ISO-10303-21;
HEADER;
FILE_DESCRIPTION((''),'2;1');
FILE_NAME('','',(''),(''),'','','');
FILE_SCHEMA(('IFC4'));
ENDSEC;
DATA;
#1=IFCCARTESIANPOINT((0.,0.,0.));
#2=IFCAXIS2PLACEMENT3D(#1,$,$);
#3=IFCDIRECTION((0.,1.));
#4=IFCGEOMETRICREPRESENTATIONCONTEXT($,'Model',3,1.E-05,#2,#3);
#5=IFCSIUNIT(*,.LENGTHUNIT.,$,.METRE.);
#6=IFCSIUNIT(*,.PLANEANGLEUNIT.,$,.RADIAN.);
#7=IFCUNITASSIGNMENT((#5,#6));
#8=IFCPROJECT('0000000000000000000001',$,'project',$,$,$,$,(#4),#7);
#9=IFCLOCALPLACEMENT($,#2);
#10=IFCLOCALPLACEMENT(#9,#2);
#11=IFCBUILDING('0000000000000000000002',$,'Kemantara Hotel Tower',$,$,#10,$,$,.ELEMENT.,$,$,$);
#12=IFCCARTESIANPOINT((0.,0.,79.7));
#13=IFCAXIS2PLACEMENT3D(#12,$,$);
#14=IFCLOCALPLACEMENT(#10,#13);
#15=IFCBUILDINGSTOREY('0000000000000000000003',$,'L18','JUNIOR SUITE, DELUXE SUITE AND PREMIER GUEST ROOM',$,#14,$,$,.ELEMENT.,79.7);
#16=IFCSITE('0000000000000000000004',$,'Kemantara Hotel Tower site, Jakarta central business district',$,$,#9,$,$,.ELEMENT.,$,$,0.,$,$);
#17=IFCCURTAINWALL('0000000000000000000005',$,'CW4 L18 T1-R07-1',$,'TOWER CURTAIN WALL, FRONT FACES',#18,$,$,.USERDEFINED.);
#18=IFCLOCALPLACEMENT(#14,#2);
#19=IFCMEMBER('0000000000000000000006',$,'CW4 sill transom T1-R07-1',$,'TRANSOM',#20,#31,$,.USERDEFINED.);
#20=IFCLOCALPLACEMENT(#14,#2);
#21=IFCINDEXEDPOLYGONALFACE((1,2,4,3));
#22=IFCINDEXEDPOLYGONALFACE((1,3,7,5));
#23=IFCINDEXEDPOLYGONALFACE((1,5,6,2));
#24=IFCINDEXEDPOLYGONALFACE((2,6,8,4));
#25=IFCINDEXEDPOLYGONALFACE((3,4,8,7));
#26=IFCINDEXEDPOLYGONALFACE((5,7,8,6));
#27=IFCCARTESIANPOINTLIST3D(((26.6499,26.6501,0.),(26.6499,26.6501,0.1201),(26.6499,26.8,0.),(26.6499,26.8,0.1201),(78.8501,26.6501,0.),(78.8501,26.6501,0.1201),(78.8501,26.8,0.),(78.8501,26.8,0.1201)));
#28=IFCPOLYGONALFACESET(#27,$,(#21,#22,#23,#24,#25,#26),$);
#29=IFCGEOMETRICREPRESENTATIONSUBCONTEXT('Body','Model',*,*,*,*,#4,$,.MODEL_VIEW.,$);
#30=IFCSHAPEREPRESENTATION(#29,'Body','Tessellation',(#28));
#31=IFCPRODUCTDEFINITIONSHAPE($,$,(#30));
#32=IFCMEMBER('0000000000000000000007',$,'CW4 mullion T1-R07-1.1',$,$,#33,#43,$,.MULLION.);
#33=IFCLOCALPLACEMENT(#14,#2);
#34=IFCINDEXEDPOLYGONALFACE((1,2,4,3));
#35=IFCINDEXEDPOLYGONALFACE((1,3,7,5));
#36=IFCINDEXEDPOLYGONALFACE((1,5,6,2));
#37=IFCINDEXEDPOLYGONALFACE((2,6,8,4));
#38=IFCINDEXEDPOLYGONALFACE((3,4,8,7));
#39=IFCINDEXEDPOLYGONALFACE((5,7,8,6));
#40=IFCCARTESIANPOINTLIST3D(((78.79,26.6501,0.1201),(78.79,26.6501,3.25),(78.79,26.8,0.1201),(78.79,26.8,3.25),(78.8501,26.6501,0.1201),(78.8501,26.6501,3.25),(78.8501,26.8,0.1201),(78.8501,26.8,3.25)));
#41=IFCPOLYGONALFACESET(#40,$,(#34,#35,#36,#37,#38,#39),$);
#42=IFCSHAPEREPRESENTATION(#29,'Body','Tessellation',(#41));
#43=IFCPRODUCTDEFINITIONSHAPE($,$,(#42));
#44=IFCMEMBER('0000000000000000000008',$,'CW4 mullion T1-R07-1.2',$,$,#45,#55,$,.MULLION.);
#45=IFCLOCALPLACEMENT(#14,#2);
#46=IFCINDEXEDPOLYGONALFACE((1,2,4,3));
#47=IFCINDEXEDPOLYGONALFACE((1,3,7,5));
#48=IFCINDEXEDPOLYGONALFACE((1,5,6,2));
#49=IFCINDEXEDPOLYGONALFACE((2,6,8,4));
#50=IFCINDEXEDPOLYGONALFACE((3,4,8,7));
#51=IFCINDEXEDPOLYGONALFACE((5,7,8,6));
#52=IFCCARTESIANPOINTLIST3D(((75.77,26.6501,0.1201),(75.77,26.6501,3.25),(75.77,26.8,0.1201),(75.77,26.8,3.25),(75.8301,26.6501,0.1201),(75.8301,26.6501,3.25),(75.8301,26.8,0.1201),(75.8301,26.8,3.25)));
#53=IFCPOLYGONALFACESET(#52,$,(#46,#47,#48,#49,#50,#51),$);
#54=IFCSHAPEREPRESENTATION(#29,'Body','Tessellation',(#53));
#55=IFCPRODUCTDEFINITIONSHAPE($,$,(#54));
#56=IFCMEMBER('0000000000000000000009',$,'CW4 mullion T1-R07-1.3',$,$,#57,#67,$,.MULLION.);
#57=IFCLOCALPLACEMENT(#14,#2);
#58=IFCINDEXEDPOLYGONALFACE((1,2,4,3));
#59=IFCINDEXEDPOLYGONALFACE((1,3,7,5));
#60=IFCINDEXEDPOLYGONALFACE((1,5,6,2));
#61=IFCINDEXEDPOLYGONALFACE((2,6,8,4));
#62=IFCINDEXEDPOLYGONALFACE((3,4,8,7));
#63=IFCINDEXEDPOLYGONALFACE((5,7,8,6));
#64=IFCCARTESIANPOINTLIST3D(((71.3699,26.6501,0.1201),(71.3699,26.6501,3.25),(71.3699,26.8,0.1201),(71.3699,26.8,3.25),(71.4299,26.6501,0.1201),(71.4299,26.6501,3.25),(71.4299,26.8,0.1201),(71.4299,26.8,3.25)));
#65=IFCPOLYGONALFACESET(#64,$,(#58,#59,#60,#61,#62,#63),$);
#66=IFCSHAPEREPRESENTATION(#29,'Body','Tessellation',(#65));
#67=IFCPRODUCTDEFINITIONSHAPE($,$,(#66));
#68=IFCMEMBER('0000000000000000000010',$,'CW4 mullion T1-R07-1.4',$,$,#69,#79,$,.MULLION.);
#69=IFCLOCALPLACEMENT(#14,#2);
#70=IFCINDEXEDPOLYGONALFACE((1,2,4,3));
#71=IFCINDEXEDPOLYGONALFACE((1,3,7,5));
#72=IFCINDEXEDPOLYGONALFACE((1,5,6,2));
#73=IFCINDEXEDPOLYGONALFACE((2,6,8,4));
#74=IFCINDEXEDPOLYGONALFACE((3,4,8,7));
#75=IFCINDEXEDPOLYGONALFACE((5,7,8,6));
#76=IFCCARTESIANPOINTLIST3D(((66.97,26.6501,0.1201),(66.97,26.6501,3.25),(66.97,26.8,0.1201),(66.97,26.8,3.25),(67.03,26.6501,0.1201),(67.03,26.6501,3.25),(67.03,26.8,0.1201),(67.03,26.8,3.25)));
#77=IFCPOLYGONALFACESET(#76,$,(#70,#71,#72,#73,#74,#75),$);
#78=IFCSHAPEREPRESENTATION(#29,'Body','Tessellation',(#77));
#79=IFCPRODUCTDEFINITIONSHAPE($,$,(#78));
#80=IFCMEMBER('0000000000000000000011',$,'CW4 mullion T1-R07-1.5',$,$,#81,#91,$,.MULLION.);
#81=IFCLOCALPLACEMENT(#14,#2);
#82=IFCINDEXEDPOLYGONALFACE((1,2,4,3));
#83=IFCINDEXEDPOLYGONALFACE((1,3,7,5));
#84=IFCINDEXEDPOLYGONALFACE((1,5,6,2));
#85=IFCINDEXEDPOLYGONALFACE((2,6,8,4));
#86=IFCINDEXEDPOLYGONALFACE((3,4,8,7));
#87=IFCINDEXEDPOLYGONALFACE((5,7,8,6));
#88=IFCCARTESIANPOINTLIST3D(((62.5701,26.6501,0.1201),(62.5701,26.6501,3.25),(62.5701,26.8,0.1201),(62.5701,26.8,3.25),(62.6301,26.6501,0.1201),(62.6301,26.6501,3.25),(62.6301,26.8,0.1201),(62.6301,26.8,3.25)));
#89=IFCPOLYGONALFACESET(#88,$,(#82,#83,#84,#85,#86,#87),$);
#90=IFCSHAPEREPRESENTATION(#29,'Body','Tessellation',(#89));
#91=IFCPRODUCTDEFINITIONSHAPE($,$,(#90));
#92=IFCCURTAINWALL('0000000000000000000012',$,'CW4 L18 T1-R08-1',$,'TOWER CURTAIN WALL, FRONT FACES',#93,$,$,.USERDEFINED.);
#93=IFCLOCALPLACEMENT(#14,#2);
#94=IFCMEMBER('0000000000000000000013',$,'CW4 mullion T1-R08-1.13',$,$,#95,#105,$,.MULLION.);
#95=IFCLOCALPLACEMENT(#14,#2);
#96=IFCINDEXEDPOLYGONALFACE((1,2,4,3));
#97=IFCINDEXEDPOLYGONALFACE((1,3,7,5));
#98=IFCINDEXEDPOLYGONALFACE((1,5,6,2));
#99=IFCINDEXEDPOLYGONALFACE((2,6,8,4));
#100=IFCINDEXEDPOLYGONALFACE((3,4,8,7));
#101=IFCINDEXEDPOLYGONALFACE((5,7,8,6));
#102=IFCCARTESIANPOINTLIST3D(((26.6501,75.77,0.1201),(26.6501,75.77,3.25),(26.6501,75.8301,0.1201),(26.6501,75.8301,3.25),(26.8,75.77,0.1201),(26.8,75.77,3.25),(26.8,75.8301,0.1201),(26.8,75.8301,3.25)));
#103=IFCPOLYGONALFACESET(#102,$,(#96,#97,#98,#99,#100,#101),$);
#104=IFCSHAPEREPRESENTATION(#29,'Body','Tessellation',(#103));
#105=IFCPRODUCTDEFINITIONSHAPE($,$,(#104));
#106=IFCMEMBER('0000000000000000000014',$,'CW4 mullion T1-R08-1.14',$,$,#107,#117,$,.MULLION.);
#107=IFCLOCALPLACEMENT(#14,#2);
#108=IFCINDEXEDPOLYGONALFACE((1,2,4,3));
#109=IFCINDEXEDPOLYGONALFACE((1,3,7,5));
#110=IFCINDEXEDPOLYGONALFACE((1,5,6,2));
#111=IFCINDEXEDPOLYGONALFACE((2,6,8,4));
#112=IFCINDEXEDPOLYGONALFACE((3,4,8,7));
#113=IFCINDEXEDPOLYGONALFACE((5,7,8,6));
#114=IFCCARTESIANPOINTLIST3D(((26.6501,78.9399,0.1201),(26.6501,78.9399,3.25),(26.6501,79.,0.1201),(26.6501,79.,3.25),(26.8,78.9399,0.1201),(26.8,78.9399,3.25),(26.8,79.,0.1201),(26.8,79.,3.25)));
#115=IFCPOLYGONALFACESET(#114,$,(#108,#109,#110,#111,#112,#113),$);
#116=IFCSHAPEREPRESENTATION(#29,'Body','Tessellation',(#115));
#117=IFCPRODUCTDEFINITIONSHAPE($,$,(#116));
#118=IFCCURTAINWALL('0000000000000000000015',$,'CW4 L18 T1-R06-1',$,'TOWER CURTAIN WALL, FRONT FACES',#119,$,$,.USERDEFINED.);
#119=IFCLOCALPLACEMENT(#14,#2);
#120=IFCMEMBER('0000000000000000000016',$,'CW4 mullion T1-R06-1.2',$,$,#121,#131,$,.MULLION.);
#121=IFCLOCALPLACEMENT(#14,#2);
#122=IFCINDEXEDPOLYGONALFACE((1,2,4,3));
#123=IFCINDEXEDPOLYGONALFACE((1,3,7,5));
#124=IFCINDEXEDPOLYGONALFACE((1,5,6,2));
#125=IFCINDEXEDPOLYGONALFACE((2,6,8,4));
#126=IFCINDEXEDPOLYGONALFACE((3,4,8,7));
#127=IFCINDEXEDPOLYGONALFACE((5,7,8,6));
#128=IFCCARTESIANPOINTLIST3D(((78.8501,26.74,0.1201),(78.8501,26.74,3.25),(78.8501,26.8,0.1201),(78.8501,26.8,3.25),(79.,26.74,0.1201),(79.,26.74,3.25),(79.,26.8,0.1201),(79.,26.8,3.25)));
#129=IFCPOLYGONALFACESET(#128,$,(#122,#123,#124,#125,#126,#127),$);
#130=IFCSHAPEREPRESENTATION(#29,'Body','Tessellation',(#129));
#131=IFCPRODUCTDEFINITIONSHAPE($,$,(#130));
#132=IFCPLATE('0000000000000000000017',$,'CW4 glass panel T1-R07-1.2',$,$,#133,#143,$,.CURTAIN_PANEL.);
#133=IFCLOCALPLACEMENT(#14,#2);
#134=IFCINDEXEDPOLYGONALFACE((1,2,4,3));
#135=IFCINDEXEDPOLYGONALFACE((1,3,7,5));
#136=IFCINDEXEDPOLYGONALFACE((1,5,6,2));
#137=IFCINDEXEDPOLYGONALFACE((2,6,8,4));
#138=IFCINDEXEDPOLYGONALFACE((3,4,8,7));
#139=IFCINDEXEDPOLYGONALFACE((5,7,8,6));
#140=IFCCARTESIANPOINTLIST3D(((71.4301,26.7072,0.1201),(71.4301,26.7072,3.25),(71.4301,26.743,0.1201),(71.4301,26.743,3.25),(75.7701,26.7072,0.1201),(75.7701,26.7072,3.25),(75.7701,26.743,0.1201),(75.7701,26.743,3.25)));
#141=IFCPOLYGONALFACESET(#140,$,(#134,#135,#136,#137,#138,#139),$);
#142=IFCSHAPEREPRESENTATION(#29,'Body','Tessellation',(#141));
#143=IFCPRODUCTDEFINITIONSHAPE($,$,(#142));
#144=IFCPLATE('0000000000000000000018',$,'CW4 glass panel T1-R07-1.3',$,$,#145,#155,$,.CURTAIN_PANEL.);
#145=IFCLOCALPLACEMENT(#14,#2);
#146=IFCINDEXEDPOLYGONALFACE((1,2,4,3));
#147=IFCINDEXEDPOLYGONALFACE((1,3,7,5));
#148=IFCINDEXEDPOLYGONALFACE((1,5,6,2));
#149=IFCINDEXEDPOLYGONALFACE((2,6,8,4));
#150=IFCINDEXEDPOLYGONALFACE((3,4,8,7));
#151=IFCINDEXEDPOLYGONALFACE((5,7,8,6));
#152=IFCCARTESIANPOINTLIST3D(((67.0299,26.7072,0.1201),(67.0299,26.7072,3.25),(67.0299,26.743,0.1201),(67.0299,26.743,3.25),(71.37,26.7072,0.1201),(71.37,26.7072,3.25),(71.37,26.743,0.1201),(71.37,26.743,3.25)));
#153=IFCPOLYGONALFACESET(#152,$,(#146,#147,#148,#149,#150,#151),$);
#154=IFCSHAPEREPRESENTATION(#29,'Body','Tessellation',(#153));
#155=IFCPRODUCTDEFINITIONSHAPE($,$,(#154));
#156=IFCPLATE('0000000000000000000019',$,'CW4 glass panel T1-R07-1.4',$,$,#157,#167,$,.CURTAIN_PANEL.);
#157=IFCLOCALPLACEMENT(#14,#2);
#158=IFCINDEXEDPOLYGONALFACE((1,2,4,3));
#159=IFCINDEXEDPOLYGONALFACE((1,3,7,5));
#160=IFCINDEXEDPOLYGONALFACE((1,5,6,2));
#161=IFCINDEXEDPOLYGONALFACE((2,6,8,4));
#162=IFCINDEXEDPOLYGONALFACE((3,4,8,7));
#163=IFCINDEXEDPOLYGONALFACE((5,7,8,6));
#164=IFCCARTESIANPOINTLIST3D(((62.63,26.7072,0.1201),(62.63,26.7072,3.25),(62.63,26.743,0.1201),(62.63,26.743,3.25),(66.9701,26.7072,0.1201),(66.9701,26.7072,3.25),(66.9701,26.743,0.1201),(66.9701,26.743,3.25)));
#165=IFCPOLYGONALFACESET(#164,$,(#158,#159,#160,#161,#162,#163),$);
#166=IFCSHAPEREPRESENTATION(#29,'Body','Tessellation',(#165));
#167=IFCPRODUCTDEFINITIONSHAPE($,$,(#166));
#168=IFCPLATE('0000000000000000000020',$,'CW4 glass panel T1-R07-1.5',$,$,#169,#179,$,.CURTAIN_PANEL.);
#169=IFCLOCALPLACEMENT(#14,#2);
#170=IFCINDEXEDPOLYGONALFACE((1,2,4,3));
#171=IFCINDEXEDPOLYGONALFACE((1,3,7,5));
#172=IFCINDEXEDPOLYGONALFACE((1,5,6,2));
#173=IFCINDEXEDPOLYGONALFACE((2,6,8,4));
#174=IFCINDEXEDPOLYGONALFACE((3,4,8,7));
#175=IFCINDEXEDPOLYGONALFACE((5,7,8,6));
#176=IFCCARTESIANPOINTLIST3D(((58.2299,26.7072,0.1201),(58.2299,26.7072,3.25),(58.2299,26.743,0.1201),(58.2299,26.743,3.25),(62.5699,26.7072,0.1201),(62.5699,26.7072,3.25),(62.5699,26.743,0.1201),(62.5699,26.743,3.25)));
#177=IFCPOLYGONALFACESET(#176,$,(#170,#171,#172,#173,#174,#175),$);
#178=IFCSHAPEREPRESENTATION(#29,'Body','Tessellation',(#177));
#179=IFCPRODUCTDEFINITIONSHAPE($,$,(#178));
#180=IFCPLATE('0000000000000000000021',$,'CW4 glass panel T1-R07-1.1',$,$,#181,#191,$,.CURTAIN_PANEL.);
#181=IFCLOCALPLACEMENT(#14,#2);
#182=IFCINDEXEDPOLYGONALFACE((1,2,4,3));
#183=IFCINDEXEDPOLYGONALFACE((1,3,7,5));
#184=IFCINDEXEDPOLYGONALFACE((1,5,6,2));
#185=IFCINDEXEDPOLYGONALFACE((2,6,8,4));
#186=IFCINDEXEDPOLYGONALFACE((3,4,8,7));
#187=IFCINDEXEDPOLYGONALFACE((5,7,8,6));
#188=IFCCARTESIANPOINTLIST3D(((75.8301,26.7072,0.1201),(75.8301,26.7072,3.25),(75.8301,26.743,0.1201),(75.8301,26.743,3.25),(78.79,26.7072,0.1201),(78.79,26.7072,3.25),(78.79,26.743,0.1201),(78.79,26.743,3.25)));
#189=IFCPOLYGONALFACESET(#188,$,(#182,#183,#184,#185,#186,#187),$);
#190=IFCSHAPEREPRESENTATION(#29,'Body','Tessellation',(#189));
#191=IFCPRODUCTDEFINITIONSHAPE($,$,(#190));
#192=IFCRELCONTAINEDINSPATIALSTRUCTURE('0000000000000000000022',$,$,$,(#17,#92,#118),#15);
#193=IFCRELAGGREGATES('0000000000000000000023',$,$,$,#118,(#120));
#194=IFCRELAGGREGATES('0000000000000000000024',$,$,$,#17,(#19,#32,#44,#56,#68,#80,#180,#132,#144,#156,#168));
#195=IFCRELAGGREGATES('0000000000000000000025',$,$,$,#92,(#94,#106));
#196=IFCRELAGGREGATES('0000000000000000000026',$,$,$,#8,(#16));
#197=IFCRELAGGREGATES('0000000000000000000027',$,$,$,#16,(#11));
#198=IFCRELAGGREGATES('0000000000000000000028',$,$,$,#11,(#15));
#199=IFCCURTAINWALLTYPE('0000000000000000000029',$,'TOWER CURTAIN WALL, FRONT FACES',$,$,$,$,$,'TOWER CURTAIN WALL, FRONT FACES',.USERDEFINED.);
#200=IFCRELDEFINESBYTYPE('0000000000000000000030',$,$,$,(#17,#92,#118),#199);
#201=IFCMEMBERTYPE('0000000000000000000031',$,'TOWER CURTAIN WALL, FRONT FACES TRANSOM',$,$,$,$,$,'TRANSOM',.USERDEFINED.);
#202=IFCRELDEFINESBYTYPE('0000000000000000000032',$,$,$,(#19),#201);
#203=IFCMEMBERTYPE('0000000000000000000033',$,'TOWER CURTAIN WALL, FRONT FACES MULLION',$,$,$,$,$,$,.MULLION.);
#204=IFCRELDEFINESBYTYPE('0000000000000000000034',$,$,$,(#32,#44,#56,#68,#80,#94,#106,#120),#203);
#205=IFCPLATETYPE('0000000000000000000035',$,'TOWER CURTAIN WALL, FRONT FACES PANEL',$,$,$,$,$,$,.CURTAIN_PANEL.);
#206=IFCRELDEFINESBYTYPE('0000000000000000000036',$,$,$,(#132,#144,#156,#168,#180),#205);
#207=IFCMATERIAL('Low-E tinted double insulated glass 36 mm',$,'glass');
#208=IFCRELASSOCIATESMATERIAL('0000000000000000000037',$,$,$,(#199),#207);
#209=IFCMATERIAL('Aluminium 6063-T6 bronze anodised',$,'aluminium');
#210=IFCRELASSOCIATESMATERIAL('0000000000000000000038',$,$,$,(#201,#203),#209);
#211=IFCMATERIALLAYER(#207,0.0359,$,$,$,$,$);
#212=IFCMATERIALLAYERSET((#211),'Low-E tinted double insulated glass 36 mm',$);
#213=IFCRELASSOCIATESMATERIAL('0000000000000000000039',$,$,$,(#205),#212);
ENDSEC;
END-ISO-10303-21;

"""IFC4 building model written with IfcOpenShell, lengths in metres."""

from ifc_helpers import new_model, si_unit, direction, frame, origin, origin_2d, place, context, subcontext, project, spatial, rectangle, extrude, source, transform, mapped, material, layer, layer_set, material_profile, profile_set, type_object, element, aggregate, save


model = new_model("IFC4")

# Units and contexts
model_context = context("Model", 3, precision=1e-05, world=origin(), true_north=direction((0.0, 1.0)))
body_context = subcontext(model_context, "Body", "Model", "MODEL_VIEW")
ifc_project = project(units=[si_unit("LENGTHUNIT", "METRE"), si_unit("PLANEANGLEUNIT", "RADIAN")], contexts=[model_context])

# Site, building, storey
site_placement = place(None, origin())
site = spatial("IfcSite", under=ifc_project, at=site_placement, Name="Kemantara Hotel Tower site, Jakarta central business district", CompositionType="ELEMENT", RefElevation=0.0)
building_placement = place(site_placement, origin())
building = spatial("IfcBuilding", under=site, at=building_placement, Name="Kemantara Hotel Tower", CompositionType="ELEMENT")
storey_placement = place(building_placement, frame((0.0, 0.0, 79.7)))
storey = spatial("IfcBuildingStorey", under=building, at=storey_placement, Name="L18", Description="JUNIOR SUITE, DELUXE SUITE AND PREMIER GUEST ROOM", CompositionType="ELEMENT", Elevation=79.7)

# Curtain walls, members
ifc_material_1 = material(Name="Low-E tinted double insulated glass 36 mm", Category="glass")
curtain_wall_type = type_object("IfcCurtainWallType", Name="TOWER CURTAIN WALL, FRONT FACES", ElementType="TOWER CURTAIN WALL, FRONT FACES", PredefinedType="USERDEFINED", material=ifc_material_1)
curtain_wall_1_placement = place(storey_placement, origin())
curtain_wall_1 = element("IfcCurtainWall", 1, at=curtain_wall_1_placement, inside=storey, type_object=curtain_wall_type, Name="CW4 L18 T1-R07-1", ObjectType="TOWER CURTAIN WALL, FRONT FACES", PredefinedType="USERDEFINED")
ifc_material_2 = material(Name="Aluminium 6063-T6 bronze anodised", Category="aluminium")
ifc_material_profile_1 = material_profile(ifc_material_2, rectangle(XDim=0.1499, YDim=0.1201, at=origin_2d()), Name="TOWER CURTAIN WALL, FRONT FACES TRANSOM")
ifc_profile_set_1 = profile_set([ifc_material_profile_1], Name="Aluminium 6063-T6 bronze anodised")
member_type_1 = type_object("IfcMemberType", Name="TOWER CURTAIN WALL, FRONT FACES TRANSOM", ElementType="TRANSOM", PredefinedType="USERDEFINED", material=ifc_profile_set_1)
member_1_placement = place(storey_placement, frame((78.8501, 26.7251, 0.0601), z_axis=(-1.0, 0.0, 0.0), x_axis=(0.0, -1.0, 0.0)))
member_1 = element("IfcMember", 2, at=member_1_placement, type_object=member_type_1, Name="CW4 sill transom T1-R07-1", ObjectType="TRANSOM", PredefinedType="USERDEFINED", context=body_context, shape_type="SweptSolid", body=[
    extrude(rectangle(XDim=0.1499, YDim=0.1201, at=origin_2d()), origin(), (0.0, 0.0, 1.0), 52.2002),
])
ifc_material_profile_2 = material_profile(ifc_material_2, rectangle(XDim=0.1499, YDim=0.0601, at=origin_2d()), Name="TOWER CURTAIN WALL, FRONT FACES MULLION")
ifc_profile_set_2 = profile_set([ifc_material_profile_2], Name="Aluminium 6063-T6 bronze anodised")
member_type_2 = type_object("IfcMemberType", Name="TOWER CURTAIN WALL, FRONT FACES MULLION", PredefinedType="MULLION", material=ifc_profile_set_2)
shared_shape_1 = source(origin(), body_context, "Body", "SweptSolid", [
    extrude(rectangle(XDim=0.1499, YDim=0.0601, at=origin_2d()), origin(), (0.0, 0.0, 1.0), 3.1299),
])
member_2_placement = place(storey_placement, frame((78.8201, 26.7251, 0.1201), z_axis=(0.0, 0.0, 1.0), x_axis=(0.0, -1.0, 0.0)))
member_2 = element("IfcMember", 3, at=member_2_placement, type_object=member_type_2, Name="CW4 mullion T1-R07-1.1", PredefinedType="MULLION", context=body_context, shape_type="MappedRepresentation", body=[
    mapped(shared_shape_1, transform((0.0, 0.0, 0.0))),
])
member_3_placement = place(storey_placement, frame((75.8, 26.7251, 0.1201), z_axis=(0.0, 0.0, 1.0), x_axis=(0.0, -1.0, 0.0)))
member_3 = element("IfcMember", 4, at=member_3_placement, type_object=member_type_2, Name="CW4 mullion T1-R07-1.2", PredefinedType="MULLION", context=body_context, shape_type="MappedRepresentation", body=[
    mapped(shared_shape_1, transform((0.0, 0.0, 0.0))),
])
member_4_placement = place(storey_placement, frame((71.3999, 26.7251, 0.1201), z_axis=(0.0, 0.0, 1.0), x_axis=(0.0, -1.0, 0.0)))
member_4 = element("IfcMember", 5, at=member_4_placement, type_object=member_type_2, Name="CW4 mullion T1-R07-1.3", PredefinedType="MULLION", context=body_context, shape_type="MappedRepresentation", body=[
    mapped(shared_shape_1, transform((0.0, 0.0, 0.0))),
])
member_5_placement = place(storey_placement, frame((67.0, 26.7251, 0.1201), z_axis=(0.0, 0.0, 1.0), x_axis=(0.0, -1.0, 0.0)))
member_5 = element("IfcMember", 6, at=member_5_placement, type_object=member_type_2, Name="CW4 mullion T1-R07-1.4", PredefinedType="MULLION", context=body_context, shape_type="MappedRepresentation", body=[
    mapped(shared_shape_1, transform((0.0, 0.0, 0.0))),
])
member_6_placement = place(storey_placement, frame((62.6001, 26.7251, 0.1201), z_axis=(0.0, 0.0, 1.0), x_axis=(0.0, -1.0, 0.0)))
member_6 = element("IfcMember", 7, at=member_6_placement, type_object=member_type_2, Name="CW4 mullion T1-R07-1.5", PredefinedType="MULLION", context=body_context, shape_type="MappedRepresentation", body=[
    mapped(shared_shape_1, transform((0.0, 0.0, 0.0))),
])
curtain_wall_2_placement = place(storey_placement, origin())
curtain_wall_2 = element("IfcCurtainWall", 8, at=curtain_wall_2_placement, inside=storey, type_object=curtain_wall_type, Name="CW4 L18 T1-R08-1", ObjectType="TOWER CURTAIN WALL, FRONT FACES", PredefinedType="USERDEFINED")
member_7_placement = place(storey_placement, frame((26.7251, 75.8, 0.1201), z_axis=(0.0, 0.0, 1.0), x_axis=(-1.0, 0.0, 0.0)))
member_7 = element("IfcMember", 9, at=member_7_placement, type_object=member_type_2, Name="CW4 mullion T1-R08-1.13", PredefinedType="MULLION", context=body_context, shape_type="MappedRepresentation", body=[
    mapped(shared_shape_1, transform((0.0, 0.0, 0.0))),
])
member_8_placement = place(storey_placement, frame((26.7251, 78.97, 0.1201), z_axis=(0.0, 0.0, 1.0), x_axis=(-1.0, 0.0, 0.0)))
member_8 = element("IfcMember", 10, at=member_8_placement, type_object=member_type_2, Name="CW4 mullion T1-R08-1.14", PredefinedType="MULLION", context=body_context, shape_type="MappedRepresentation", body=[
    mapped(shared_shape_1, transform((0.0, 0.0, 0.0))),
])

# Curtain wall, member
curtain_wall_3_placement = place(storey_placement, origin())
curtain_wall_3 = element("IfcCurtainWall", 11, at=curtain_wall_3_placement, inside=storey, type_object=curtain_wall_type, Name="CW4 L18 T1-R06-1", ObjectType="TOWER CURTAIN WALL, FRONT FACES", PredefinedType="USERDEFINED")
member_9_placement = place(storey_placement, frame((78.925, 26.77, 0.1201), z_axis=(0.0, 0.0, 1.0), x_axis=(-1.0, 0.0, 0.0)))
member_9 = element("IfcMember", 12, at=member_9_placement, type_object=member_type_2, Name="CW4 mullion T1-R06-1.2", PredefinedType="MULLION", context=body_context, shape_type="MappedRepresentation", body=[
    mapped(shared_shape_1, transform((0.0, 0.0, 0.0))),
])
aggregate(curtain_wall_3, [member_9])

# Plates
ifc_layer_1 = layer(ifc_material_1, 0.0359)
ifc_layer_set_1 = layer_set([ifc_layer_1], Name="Low-E tinted double insulated glass 36 mm")
plate_type = type_object("IfcPlateType", Name="TOWER CURTAIN WALL, FRONT FACES PANEL", PredefinedType="CURTAIN_PANEL", material=ifc_layer_set_1)
shared_shape_2 = source(origin(), body_context, "Body", "SweptSolid", [
    extrude(rectangle(XDim=4.3401, YDim=0.0359, at=origin_2d()), origin(), (0.0, 0.0, 1.0), 3.1299),
])
plate_1_placement = place(storey_placement, frame((73.6001, 26.7251, 0.1201), z_axis=(0.0, 0.0, 1.0), x_axis=(-1.0, 0.0, 0.0)))
plate_1 = element("IfcPlate", 13, at=plate_1_placement, type_object=plate_type, Name="CW4 glass panel T1-R07-1.2", PredefinedType="CURTAIN_PANEL", context=body_context, shape_type="MappedRepresentation", body=[
    mapped(shared_shape_2, transform((0.0, 0.0, 0.0))),
])
plate_2_placement = place(storey_placement, frame((69.2, 26.7251, 0.1201), z_axis=(0.0, 0.0, 1.0), x_axis=(-1.0, 0.0, 0.0)))
plate_2 = element("IfcPlate", 14, at=plate_2_placement, type_object=plate_type, Name="CW4 glass panel T1-R07-1.3", PredefinedType="CURTAIN_PANEL", context=body_context, shape_type="MappedRepresentation", body=[
    mapped(shared_shape_2, transform((0.0, 0.0, 0.0))),
])
plate_3_placement = place(storey_placement, frame((64.8, 26.7251, 0.1201), z_axis=(0.0, 0.0, 1.0), x_axis=(-1.0, 0.0, 0.0)))
plate_3 = element("IfcPlate", 15, at=plate_3_placement, type_object=plate_type, Name="CW4 glass panel T1-R07-1.4", PredefinedType="CURTAIN_PANEL", context=body_context, shape_type="MappedRepresentation", body=[
    mapped(shared_shape_2, transform((0.0, 0.0, 0.0))),
])
plate_4_placement = place(storey_placement, frame((60.3999, 26.7251, 0.1201), z_axis=(0.0, 0.0, 1.0), x_axis=(-1.0, 0.0, 0.0)))
plate_4 = element("IfcPlate", 16, at=plate_4_placement, type_object=plate_type, Name="CW4 glass panel T1-R07-1.5", PredefinedType="CURTAIN_PANEL", context=body_context, shape_type="MappedRepresentation", body=[
    mapped(shared_shape_2, transform((0.0, 0.0, 0.0))),
])
shared_shape_3 = source(origin(), body_context, "Body", "SweptSolid", [
    extrude(rectangle(XDim=2.96, YDim=0.0359, at=origin_2d()), origin(), (0.0, 0.0, 1.0), 3.1299),
])
plate_5_placement = place(storey_placement, frame((77.3101, 26.7251, 0.1201), z_axis=(0.0, 0.0, 1.0), x_axis=(-1.0, 0.0, 0.0)))
plate_5 = element("IfcPlate", 17, at=plate_5_placement, type_object=plate_type, Name="CW4 glass panel T1-R07-1.1", PredefinedType="CURTAIN_PANEL", context=body_context, shape_type="MappedRepresentation", body=[
    mapped(shared_shape_3, transform((0.0, 0.0, 0.0))),
])
aggregate(curtain_wall_1, [member_1, member_2, member_3, member_4, member_5, member_6, plate_5, plate_1, plate_2, plate_3, plate_4])
aggregate(curtain_wall_2, [member_7, member_8])

save(model, "model.ifc")
